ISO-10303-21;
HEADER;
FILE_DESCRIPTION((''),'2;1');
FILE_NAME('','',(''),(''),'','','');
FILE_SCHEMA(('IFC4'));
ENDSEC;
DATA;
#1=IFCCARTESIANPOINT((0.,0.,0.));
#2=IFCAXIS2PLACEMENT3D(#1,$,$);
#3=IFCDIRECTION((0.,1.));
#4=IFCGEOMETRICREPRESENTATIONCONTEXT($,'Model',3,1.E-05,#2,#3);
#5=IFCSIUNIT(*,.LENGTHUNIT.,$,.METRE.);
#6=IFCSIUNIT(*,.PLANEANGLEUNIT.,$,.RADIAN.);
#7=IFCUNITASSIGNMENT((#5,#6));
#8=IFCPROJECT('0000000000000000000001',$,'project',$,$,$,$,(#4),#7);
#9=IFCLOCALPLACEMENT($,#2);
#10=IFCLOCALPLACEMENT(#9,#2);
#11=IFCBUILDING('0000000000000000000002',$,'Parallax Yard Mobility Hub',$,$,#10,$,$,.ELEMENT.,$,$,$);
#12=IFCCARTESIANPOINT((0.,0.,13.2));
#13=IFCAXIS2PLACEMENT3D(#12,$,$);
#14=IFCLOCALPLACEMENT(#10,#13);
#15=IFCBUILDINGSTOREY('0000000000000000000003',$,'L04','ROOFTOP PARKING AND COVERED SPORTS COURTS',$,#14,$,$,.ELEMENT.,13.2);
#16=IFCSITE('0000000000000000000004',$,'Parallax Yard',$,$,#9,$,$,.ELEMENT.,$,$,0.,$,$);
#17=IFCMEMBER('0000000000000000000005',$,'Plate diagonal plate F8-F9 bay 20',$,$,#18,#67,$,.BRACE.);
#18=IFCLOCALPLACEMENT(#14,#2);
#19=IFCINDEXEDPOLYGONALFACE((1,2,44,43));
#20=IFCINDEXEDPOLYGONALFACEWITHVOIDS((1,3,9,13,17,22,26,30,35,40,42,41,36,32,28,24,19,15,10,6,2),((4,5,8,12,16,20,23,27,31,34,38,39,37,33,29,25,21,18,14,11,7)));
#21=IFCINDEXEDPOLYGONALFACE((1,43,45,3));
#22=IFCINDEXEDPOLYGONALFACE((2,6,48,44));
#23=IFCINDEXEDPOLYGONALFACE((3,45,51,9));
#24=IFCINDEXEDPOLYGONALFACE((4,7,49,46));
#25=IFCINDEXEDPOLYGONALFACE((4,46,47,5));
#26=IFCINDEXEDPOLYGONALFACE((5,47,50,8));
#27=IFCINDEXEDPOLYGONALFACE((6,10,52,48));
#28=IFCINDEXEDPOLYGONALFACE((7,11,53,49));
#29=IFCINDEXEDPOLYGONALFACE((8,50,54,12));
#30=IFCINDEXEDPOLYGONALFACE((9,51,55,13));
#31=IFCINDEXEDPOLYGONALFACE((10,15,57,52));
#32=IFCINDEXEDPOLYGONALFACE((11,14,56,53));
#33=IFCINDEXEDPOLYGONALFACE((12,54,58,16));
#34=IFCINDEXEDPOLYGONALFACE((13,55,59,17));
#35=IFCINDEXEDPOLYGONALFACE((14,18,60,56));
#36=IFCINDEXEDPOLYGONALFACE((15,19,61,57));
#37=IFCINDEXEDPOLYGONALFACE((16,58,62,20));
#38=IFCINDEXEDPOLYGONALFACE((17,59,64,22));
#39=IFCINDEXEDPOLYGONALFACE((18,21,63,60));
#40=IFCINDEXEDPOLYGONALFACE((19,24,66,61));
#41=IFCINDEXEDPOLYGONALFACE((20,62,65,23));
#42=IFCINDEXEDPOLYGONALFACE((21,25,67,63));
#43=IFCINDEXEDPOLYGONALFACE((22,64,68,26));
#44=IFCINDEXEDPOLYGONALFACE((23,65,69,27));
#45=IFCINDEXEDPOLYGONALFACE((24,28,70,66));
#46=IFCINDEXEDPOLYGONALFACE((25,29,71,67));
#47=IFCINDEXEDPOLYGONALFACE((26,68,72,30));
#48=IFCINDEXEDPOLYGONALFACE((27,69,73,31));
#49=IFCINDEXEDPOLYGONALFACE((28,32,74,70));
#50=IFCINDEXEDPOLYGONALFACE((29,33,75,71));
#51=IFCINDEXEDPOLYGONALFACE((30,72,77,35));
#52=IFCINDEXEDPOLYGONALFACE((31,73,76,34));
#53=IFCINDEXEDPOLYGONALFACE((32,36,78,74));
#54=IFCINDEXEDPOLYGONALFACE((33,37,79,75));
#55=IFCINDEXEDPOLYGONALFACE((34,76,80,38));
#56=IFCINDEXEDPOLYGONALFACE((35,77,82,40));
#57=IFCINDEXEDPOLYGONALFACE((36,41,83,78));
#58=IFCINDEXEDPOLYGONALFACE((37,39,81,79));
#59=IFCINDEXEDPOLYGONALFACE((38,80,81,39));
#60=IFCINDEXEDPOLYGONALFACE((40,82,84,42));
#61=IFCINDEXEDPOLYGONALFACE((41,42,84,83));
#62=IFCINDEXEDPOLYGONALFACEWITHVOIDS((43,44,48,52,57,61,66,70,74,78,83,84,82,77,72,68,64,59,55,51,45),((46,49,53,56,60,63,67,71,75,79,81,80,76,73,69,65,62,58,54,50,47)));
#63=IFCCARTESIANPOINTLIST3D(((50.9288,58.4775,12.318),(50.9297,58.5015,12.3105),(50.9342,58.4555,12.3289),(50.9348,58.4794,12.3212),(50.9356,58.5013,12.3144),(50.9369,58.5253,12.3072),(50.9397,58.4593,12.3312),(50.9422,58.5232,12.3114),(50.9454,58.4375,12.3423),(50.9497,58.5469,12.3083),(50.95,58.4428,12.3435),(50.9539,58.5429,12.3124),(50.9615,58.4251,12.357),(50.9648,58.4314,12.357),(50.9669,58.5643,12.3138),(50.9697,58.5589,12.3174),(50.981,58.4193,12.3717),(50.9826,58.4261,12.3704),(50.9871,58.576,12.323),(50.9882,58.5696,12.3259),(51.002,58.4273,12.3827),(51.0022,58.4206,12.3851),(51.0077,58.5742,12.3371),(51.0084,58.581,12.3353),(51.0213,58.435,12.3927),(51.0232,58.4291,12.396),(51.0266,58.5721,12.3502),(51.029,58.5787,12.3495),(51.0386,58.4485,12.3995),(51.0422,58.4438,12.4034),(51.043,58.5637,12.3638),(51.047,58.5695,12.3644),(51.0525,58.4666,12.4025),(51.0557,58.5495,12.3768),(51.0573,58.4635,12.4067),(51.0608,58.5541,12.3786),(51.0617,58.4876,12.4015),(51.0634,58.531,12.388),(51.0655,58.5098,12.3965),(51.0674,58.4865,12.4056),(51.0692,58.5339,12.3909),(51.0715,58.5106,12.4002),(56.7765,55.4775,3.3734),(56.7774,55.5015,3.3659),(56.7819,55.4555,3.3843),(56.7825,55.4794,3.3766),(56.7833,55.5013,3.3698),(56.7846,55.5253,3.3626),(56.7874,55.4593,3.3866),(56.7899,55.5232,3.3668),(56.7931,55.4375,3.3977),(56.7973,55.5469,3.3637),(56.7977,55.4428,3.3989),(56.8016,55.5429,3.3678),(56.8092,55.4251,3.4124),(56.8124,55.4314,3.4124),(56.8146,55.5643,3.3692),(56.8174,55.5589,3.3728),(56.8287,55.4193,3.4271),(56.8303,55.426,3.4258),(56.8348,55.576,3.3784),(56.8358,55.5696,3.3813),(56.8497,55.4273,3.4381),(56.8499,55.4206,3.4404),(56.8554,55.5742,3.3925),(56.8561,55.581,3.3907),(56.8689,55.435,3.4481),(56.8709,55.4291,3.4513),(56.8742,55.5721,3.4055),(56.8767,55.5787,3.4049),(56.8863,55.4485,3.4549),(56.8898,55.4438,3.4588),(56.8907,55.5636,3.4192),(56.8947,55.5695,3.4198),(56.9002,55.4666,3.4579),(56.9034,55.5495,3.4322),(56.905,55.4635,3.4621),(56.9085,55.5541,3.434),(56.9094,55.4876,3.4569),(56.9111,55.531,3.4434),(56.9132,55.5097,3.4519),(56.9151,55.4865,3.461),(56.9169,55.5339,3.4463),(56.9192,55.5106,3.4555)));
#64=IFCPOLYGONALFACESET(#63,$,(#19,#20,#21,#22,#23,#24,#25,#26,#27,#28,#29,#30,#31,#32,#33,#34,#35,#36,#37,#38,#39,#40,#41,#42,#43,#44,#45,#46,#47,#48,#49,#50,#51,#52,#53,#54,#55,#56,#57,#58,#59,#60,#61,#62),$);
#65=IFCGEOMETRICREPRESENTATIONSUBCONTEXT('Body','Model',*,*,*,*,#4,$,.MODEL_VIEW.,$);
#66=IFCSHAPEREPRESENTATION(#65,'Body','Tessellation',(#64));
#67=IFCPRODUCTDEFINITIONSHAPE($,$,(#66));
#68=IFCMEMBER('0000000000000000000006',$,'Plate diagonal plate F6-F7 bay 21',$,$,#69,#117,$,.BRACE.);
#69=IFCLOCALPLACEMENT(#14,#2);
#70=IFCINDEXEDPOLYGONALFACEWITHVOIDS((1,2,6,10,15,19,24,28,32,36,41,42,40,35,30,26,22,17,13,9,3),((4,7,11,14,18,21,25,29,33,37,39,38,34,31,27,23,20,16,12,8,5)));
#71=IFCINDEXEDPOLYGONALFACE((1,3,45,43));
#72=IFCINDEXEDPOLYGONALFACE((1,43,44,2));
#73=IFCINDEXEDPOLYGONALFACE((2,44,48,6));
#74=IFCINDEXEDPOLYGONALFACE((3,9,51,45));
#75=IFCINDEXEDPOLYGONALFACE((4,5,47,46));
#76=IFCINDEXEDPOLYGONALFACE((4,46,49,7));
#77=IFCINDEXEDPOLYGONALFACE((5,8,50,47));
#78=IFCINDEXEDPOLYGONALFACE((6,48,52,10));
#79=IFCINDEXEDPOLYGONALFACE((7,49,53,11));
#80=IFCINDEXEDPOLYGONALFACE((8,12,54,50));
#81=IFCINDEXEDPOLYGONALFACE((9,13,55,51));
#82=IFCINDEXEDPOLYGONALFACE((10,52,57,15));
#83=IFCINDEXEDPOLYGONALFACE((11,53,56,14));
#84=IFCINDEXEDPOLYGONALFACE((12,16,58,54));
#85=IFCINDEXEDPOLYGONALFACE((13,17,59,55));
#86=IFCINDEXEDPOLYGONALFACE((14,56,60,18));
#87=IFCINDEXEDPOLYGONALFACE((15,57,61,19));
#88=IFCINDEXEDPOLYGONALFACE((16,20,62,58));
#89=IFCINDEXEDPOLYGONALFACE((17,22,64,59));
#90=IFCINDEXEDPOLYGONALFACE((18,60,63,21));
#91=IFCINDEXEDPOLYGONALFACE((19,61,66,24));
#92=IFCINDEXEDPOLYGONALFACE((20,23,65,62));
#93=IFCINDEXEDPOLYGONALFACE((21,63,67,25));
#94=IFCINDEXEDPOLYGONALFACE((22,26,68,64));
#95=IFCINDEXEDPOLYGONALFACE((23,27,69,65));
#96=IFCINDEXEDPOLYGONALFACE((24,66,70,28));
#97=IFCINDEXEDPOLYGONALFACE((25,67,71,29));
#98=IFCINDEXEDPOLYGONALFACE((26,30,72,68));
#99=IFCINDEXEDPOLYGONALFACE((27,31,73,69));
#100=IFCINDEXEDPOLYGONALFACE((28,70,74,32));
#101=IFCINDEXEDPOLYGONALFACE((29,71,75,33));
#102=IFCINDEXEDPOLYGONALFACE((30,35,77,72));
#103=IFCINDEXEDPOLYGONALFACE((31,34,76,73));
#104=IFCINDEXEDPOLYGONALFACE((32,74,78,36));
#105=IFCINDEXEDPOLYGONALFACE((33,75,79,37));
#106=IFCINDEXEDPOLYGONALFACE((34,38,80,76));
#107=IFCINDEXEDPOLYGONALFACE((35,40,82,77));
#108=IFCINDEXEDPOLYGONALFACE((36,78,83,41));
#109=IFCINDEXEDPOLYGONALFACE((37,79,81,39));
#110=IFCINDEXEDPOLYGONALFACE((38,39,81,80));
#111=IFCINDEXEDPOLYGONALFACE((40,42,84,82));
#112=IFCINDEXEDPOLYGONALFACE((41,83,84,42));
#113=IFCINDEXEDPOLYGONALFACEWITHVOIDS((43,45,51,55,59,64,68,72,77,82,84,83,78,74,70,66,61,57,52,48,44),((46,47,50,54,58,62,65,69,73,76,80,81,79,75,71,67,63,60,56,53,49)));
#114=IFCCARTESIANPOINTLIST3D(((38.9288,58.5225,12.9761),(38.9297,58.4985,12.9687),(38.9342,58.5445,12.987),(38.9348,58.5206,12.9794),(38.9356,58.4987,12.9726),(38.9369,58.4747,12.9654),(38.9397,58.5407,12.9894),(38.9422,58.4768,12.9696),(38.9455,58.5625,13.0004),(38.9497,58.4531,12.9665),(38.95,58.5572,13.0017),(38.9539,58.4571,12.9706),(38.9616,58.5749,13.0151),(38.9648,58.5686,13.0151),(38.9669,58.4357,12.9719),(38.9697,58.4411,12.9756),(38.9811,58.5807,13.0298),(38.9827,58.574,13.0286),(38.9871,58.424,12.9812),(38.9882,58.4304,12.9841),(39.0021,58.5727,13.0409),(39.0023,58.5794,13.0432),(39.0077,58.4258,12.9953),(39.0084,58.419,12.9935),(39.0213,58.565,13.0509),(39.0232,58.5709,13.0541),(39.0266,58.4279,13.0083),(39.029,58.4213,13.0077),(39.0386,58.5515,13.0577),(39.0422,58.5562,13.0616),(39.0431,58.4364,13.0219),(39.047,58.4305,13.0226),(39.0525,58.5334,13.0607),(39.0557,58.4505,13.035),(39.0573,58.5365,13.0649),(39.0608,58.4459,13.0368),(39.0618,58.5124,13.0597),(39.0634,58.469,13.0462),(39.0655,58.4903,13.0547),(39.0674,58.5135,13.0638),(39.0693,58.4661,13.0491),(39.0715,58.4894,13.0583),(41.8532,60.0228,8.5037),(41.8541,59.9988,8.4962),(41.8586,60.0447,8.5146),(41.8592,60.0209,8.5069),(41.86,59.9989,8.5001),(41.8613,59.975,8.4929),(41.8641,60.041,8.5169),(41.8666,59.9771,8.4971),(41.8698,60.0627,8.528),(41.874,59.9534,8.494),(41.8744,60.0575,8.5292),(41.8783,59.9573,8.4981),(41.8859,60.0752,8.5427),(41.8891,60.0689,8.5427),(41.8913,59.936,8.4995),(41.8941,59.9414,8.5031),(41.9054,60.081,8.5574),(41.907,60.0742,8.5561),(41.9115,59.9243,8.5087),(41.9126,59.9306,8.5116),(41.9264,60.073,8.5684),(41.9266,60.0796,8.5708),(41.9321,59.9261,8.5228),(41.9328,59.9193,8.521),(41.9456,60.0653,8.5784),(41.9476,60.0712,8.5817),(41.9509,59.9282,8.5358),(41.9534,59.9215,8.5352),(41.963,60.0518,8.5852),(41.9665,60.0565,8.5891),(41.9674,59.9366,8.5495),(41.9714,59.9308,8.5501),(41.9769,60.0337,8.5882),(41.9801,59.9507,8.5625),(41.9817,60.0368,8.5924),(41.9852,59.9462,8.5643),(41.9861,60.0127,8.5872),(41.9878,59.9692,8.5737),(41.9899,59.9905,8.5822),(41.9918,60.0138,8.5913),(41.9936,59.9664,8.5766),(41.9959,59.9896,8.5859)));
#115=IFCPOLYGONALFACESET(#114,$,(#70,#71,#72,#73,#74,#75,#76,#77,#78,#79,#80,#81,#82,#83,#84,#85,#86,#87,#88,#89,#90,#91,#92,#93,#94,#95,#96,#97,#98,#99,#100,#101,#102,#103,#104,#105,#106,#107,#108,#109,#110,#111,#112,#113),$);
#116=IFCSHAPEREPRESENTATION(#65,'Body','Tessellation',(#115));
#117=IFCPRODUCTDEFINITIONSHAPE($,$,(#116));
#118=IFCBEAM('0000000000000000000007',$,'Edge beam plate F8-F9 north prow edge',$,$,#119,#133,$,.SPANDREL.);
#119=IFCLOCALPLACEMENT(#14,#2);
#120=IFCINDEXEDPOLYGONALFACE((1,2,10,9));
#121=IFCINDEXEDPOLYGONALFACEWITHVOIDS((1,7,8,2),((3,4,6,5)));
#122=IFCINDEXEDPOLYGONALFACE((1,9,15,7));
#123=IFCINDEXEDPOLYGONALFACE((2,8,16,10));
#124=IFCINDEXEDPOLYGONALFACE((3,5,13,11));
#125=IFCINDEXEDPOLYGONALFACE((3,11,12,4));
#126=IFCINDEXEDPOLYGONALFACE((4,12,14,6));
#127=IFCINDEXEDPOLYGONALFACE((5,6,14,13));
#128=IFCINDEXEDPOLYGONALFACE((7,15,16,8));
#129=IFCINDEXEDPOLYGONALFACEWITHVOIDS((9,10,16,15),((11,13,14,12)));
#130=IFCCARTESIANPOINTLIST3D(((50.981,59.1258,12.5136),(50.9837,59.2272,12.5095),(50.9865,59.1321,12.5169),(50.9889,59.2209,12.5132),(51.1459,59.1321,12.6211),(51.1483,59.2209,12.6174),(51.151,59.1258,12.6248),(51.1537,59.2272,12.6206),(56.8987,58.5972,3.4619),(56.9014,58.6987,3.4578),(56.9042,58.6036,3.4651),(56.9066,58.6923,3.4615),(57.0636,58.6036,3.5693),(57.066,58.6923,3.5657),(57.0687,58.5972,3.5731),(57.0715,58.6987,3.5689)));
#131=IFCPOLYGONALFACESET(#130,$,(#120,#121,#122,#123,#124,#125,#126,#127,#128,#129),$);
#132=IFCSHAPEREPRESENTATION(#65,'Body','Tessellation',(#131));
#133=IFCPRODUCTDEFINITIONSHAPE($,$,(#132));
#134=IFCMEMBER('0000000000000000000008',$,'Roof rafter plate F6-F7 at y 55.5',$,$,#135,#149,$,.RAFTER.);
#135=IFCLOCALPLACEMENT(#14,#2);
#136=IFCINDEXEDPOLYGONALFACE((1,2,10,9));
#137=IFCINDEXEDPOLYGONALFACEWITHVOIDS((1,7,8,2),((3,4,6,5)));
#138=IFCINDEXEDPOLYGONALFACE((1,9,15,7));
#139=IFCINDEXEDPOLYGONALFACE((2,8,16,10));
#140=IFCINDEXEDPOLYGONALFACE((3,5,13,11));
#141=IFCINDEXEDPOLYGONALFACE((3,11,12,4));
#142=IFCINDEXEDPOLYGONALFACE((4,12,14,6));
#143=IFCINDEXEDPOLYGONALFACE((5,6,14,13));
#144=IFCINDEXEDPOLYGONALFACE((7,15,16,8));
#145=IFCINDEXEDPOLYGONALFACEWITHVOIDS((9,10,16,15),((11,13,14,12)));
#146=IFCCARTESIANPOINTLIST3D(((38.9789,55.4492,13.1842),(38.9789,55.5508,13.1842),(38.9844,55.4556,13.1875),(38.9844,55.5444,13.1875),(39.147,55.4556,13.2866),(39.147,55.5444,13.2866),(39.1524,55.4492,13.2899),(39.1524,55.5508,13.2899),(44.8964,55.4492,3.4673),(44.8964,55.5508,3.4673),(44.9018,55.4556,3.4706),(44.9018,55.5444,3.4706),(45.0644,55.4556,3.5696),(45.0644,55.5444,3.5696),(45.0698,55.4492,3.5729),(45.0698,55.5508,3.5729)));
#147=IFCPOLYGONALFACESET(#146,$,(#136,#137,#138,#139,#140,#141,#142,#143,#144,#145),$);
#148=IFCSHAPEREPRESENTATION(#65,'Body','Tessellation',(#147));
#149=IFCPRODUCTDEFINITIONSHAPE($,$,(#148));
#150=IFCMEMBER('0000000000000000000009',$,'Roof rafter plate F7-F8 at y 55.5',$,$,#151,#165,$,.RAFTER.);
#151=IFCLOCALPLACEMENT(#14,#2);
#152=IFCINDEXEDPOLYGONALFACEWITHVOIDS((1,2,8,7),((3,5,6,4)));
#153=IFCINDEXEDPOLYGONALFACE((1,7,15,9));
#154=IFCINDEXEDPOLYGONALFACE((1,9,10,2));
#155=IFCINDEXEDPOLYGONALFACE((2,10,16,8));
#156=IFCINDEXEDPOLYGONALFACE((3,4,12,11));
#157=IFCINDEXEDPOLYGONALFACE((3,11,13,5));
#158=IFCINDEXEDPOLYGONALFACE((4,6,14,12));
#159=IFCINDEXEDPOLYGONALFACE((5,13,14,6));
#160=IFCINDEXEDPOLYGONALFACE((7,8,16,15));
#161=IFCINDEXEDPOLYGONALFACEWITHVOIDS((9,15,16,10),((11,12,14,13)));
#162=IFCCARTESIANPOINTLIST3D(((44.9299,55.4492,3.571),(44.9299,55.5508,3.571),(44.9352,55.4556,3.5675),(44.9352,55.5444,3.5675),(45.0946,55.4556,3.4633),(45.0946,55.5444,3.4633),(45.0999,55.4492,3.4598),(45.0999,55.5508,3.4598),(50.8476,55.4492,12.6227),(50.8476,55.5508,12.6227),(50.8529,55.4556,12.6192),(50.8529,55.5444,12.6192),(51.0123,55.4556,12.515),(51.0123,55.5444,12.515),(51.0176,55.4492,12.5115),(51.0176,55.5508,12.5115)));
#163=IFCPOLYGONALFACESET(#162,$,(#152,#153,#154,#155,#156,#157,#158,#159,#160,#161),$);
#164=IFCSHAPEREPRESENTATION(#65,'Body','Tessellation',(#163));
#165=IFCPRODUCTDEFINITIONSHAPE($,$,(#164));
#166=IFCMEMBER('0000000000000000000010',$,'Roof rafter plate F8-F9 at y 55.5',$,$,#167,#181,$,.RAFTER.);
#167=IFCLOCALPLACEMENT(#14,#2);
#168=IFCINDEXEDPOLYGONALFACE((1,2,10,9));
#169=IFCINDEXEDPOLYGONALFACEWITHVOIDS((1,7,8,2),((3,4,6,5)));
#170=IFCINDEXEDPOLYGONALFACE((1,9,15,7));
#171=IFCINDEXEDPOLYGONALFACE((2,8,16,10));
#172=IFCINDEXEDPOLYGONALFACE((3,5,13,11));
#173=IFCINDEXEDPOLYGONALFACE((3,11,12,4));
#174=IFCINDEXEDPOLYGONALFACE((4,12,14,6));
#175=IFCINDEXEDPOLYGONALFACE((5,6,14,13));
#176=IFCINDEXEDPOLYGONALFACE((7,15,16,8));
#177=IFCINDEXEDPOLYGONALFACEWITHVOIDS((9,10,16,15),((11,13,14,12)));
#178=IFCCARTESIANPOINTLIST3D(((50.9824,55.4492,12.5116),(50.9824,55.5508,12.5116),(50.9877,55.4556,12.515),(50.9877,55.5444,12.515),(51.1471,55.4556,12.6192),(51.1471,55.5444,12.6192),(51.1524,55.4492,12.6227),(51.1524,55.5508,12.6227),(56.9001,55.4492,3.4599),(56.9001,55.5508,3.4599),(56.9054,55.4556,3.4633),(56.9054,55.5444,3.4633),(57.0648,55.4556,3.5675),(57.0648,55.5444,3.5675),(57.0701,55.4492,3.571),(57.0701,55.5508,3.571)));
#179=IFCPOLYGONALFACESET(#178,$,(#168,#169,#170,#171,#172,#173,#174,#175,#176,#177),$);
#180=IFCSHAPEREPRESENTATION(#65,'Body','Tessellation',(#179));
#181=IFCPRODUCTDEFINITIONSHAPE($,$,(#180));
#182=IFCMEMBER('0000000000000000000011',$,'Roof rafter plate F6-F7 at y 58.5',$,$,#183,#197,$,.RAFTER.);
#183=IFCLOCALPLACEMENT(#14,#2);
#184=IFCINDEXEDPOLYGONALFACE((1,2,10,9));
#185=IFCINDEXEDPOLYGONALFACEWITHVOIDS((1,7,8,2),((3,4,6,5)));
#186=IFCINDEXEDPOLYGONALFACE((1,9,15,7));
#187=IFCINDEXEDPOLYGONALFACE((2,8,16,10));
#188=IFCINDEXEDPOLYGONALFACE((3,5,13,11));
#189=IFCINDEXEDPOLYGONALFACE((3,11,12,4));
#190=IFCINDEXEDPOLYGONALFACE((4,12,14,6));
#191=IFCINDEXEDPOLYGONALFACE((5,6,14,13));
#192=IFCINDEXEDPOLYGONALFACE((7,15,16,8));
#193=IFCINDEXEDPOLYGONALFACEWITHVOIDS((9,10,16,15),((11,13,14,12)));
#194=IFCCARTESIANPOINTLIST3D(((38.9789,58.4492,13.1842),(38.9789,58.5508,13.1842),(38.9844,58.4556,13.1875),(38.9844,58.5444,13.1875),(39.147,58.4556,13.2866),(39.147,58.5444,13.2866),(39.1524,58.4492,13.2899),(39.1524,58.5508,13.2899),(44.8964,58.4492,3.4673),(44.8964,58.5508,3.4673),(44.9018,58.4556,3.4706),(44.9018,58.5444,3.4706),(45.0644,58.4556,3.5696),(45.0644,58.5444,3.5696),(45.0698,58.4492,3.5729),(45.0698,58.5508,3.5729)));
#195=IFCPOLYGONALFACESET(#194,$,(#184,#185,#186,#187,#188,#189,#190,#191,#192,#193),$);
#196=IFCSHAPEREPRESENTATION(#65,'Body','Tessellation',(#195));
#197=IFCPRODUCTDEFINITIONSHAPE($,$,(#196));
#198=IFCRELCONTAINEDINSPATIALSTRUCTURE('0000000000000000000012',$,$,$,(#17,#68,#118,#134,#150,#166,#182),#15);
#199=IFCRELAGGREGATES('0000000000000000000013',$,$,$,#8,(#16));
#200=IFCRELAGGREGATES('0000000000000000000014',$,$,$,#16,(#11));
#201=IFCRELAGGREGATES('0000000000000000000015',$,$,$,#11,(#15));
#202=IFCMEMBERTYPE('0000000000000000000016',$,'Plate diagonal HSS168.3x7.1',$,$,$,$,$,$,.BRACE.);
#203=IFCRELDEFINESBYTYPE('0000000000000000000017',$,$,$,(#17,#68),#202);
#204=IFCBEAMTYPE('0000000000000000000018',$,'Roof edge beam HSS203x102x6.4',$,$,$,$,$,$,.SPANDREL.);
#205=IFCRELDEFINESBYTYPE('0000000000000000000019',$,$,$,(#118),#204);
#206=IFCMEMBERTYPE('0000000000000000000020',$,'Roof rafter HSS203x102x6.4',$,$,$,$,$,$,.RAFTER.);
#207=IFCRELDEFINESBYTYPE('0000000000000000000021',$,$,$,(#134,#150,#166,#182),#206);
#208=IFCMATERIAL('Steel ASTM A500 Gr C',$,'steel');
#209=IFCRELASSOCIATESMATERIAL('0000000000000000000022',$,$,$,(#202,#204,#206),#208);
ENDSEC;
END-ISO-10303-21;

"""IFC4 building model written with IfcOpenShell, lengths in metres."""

from ifc_helpers import new_model, si_unit, direction, frame, origin, origin_2d, place, context, subcontext, project, spatial, hollow_rectangle, hollow_circle, extrude, material, material_profile, profile_set, type_object, element, save


model = new_model("IFC4")

# Units and contexts
model_context = context("Model", 3, precision=1e-05, world=origin(), true_north=direction((0.0, 1.0)))
body_context = subcontext(model_context, "Body", "Model", "MODEL_VIEW")
ifc_project = project(units=[si_unit("LENGTHUNIT", "METRE"), si_unit("PLANEANGLEUNIT", "RADIAN")], contexts=[model_context])

# Site, building, storey
site_placement = place(None, origin())
site = spatial("IfcSite", under=ifc_project, at=site_placement, Name="Parallax Yard", CompositionType="ELEMENT", RefElevation=0.0)
building_placement = place(site_placement, origin())
building = spatial("IfcBuilding", under=site, at=building_placement, Name="Parallax Yard Mobility Hub", CompositionType="ELEMENT")
storey_placement = place(building_placement, frame((0.0, 0.0, 13.2)))
storey = spatial("IfcBuildingStorey", under=building, at=storey_placement, Name="L04", Description="ROOFTOP PARKING AND COVERED SPORTS COURTS", CompositionType="ELEMENT", Elevation=13.2)

# Members
ifc_material_1 = material(Name="Steel ASTM A500 Gr C", Category="steel")
ifc_material_profile_1 = material_profile(ifc_material_1, hollow_circle(Radius=0.0842, WallThickness=0.0071, at=origin_2d()), Name="HSS168.3x7.1")
ifc_profile_set_1 = profile_set([ifc_material_profile_1], Name="Steel ASTM A500 Gr C")
member_type_1 = type_object("IfcMemberType", Name="Plate diagonal HSS168.3x7.1", PredefinedType="BRACE", material=ifc_profile_set_1)
for number, where, z_axis, x_axis, name in (
    (1, (56.8477, 55.5, 3.4124), (-0.526836, 0.270281, 0.805849), (-0.456461, -0.889743, 0.0), "Plate diagonal plate F8-F9 bay 20"),
):
    element("IfcMember", number, at=place(storey_placement, frame(where, z_axis=z_axis, x_axis=x_axis)), inside=storey, type_object=member_type_1, Name=name, PredefinedType="BRACE", context=body_context, shape_type="SweptSolid", body=[
        extrude(hollow_circle(Radius=0.0842, WallThickness=0.0071, at=origin_2d()), origin(), (0.0, 0.0, 1.0), 11.0996),
    ])
member_1_placement = place(storey_placement, frame((39.0, 58.5, 13.0151), z_axis=(0.526884, 0.270304, -0.80581), x_axis=(-0.45646, 0.889744, 0.0)))
element("IfcMember", 2, at=member_1_placement, inside=storey, type_object=member_type_1, Name="Plate diagonal plate F6-F7 bay 21", PredefinedType="BRACE", context=body_context, shape_type="SweptSolid", body=[
    extrude(hollow_circle(Radius=0.0842, WallThickness=0.0071, at=origin_2d()), origin(), (0.0, 0.0, 1.0), 5.5503),
])

# Beam
ifc_material_profile_2 = material_profile(ifc_material_1, hollow_rectangle(XDim=0.1016, YDim=0.2031, WallThickness=0.0063, at=origin_2d()), Name="HSS203x102x6.4")
ifc_profile_set_2 = profile_set([ifc_material_profile_2], Name="Steel ASTM A500 Gr C")
beam_type = type_object("IfcBeamType", Name="Roof edge beam HSS203x102x6.4", PredefinedType="SPANDREL", material=ifc_profile_set_2)
beam_placement = place(storey_placement, frame((51.0674, 59.1765, 12.5671), z_axis=(0.54655, -0.048817, -0.836003), x_axis=(0.026736, 0.998808, -0.040845)))
element("IfcBeam", 3, at=beam_placement, inside=storey, type_object=beam_type, Name="Edge beam plate F8-F9 north prow edge", PredefinedType="SPANDREL", context=body_context, shape_type="SweptSolid", body=[
    extrude(hollow_rectangle(XDim=0.1016, YDim=0.2031, WallThickness=0.0063, at=origin_2d()), origin(), (0.0, 0.0, 1.0), 10.8274),
])

# Members
ifc_material_profile_3 = material_profile(ifc_material_1, hollow_rectangle(XDim=0.1016, YDim=0.2031, WallThickness=0.0063, at=origin_2d()), Name="HSS203x102x6.4")
ifc_profile_set_3 = profile_set([ifc_material_profile_3], Name="Steel ASTM A500 Gr C")
member_type_2 = type_object("IfcMemberType", Name="Roof rafter HSS203x102x6.4", PredefinedType="RAFTER", material=ifc_profile_set_3)
member_2_placement = place(storey_placement, frame((39.0657, 55.5, 13.2371), z_axis=(0.520124, 0.0, -0.854091), x_axis=(0.0, 1.0, 0.0)))
element("IfcMember", 4, at=member_2_placement, inside=storey, type_object=member_type_2, Name="Roof rafter plate F6-F7 at y 55.5", PredefinedType="RAFTER", context=body_context, shape_type="SweptSolid", body=[
    extrude(hollow_rectangle(XDim=0.1016, YDim=0.2031, WallThickness=0.0063, at=origin_2d()), origin(), (0.0, 0.0, 1.0), 11.377),
])
for number, where, z_axis, x_axis, name in (
    (5, (45.0149, 55.5, 3.5154), (0.547202, 0.0, 0.837001), (0.0, 1.0, 0.0), "Roof rafter plate F7-F8 at y 55.5"),
    (6, (51.0674, 55.5, 12.5671), (0.547202, 0.0, -0.837001), (0.0, 1.0, 0.0), "Roof rafter plate F8-F9 at y 55.5"),
):
    element("IfcMember", number, at=place(storey_placement, frame(where, z_axis=z_axis, x_axis=x_axis)), inside=storey, type_object=member_type_2, Name=name, PredefinedType="RAFTER", context=body_context, shape_type="SweptSolid", body=[
        extrude(hollow_rectangle(XDim=0.1016, YDim=0.2031, WallThickness=0.0063, at=origin_2d()), origin(), (0.0, 0.0, 1.0), 10.8145),
    ])
member_3_placement = place(storey_placement, frame((39.0657, 58.5, 13.2371), z_axis=(0.520124, 0.0, -0.854091), x_axis=(0.0, 1.0, 0.0)))
element("IfcMember", 7, at=member_3_placement, inside=storey, type_object=member_type_2, Name="Roof rafter plate F6-F7 at y 58.5", PredefinedType="RAFTER", context=body_context, shape_type="SweptSolid", body=[
    extrude(hollow_rectangle(XDim=0.1016, YDim=0.2031, WallThickness=0.0063, at=origin_2d()), origin(), (0.0, 0.0, 1.0), 11.377),
])

save(model, "model.ifc")
